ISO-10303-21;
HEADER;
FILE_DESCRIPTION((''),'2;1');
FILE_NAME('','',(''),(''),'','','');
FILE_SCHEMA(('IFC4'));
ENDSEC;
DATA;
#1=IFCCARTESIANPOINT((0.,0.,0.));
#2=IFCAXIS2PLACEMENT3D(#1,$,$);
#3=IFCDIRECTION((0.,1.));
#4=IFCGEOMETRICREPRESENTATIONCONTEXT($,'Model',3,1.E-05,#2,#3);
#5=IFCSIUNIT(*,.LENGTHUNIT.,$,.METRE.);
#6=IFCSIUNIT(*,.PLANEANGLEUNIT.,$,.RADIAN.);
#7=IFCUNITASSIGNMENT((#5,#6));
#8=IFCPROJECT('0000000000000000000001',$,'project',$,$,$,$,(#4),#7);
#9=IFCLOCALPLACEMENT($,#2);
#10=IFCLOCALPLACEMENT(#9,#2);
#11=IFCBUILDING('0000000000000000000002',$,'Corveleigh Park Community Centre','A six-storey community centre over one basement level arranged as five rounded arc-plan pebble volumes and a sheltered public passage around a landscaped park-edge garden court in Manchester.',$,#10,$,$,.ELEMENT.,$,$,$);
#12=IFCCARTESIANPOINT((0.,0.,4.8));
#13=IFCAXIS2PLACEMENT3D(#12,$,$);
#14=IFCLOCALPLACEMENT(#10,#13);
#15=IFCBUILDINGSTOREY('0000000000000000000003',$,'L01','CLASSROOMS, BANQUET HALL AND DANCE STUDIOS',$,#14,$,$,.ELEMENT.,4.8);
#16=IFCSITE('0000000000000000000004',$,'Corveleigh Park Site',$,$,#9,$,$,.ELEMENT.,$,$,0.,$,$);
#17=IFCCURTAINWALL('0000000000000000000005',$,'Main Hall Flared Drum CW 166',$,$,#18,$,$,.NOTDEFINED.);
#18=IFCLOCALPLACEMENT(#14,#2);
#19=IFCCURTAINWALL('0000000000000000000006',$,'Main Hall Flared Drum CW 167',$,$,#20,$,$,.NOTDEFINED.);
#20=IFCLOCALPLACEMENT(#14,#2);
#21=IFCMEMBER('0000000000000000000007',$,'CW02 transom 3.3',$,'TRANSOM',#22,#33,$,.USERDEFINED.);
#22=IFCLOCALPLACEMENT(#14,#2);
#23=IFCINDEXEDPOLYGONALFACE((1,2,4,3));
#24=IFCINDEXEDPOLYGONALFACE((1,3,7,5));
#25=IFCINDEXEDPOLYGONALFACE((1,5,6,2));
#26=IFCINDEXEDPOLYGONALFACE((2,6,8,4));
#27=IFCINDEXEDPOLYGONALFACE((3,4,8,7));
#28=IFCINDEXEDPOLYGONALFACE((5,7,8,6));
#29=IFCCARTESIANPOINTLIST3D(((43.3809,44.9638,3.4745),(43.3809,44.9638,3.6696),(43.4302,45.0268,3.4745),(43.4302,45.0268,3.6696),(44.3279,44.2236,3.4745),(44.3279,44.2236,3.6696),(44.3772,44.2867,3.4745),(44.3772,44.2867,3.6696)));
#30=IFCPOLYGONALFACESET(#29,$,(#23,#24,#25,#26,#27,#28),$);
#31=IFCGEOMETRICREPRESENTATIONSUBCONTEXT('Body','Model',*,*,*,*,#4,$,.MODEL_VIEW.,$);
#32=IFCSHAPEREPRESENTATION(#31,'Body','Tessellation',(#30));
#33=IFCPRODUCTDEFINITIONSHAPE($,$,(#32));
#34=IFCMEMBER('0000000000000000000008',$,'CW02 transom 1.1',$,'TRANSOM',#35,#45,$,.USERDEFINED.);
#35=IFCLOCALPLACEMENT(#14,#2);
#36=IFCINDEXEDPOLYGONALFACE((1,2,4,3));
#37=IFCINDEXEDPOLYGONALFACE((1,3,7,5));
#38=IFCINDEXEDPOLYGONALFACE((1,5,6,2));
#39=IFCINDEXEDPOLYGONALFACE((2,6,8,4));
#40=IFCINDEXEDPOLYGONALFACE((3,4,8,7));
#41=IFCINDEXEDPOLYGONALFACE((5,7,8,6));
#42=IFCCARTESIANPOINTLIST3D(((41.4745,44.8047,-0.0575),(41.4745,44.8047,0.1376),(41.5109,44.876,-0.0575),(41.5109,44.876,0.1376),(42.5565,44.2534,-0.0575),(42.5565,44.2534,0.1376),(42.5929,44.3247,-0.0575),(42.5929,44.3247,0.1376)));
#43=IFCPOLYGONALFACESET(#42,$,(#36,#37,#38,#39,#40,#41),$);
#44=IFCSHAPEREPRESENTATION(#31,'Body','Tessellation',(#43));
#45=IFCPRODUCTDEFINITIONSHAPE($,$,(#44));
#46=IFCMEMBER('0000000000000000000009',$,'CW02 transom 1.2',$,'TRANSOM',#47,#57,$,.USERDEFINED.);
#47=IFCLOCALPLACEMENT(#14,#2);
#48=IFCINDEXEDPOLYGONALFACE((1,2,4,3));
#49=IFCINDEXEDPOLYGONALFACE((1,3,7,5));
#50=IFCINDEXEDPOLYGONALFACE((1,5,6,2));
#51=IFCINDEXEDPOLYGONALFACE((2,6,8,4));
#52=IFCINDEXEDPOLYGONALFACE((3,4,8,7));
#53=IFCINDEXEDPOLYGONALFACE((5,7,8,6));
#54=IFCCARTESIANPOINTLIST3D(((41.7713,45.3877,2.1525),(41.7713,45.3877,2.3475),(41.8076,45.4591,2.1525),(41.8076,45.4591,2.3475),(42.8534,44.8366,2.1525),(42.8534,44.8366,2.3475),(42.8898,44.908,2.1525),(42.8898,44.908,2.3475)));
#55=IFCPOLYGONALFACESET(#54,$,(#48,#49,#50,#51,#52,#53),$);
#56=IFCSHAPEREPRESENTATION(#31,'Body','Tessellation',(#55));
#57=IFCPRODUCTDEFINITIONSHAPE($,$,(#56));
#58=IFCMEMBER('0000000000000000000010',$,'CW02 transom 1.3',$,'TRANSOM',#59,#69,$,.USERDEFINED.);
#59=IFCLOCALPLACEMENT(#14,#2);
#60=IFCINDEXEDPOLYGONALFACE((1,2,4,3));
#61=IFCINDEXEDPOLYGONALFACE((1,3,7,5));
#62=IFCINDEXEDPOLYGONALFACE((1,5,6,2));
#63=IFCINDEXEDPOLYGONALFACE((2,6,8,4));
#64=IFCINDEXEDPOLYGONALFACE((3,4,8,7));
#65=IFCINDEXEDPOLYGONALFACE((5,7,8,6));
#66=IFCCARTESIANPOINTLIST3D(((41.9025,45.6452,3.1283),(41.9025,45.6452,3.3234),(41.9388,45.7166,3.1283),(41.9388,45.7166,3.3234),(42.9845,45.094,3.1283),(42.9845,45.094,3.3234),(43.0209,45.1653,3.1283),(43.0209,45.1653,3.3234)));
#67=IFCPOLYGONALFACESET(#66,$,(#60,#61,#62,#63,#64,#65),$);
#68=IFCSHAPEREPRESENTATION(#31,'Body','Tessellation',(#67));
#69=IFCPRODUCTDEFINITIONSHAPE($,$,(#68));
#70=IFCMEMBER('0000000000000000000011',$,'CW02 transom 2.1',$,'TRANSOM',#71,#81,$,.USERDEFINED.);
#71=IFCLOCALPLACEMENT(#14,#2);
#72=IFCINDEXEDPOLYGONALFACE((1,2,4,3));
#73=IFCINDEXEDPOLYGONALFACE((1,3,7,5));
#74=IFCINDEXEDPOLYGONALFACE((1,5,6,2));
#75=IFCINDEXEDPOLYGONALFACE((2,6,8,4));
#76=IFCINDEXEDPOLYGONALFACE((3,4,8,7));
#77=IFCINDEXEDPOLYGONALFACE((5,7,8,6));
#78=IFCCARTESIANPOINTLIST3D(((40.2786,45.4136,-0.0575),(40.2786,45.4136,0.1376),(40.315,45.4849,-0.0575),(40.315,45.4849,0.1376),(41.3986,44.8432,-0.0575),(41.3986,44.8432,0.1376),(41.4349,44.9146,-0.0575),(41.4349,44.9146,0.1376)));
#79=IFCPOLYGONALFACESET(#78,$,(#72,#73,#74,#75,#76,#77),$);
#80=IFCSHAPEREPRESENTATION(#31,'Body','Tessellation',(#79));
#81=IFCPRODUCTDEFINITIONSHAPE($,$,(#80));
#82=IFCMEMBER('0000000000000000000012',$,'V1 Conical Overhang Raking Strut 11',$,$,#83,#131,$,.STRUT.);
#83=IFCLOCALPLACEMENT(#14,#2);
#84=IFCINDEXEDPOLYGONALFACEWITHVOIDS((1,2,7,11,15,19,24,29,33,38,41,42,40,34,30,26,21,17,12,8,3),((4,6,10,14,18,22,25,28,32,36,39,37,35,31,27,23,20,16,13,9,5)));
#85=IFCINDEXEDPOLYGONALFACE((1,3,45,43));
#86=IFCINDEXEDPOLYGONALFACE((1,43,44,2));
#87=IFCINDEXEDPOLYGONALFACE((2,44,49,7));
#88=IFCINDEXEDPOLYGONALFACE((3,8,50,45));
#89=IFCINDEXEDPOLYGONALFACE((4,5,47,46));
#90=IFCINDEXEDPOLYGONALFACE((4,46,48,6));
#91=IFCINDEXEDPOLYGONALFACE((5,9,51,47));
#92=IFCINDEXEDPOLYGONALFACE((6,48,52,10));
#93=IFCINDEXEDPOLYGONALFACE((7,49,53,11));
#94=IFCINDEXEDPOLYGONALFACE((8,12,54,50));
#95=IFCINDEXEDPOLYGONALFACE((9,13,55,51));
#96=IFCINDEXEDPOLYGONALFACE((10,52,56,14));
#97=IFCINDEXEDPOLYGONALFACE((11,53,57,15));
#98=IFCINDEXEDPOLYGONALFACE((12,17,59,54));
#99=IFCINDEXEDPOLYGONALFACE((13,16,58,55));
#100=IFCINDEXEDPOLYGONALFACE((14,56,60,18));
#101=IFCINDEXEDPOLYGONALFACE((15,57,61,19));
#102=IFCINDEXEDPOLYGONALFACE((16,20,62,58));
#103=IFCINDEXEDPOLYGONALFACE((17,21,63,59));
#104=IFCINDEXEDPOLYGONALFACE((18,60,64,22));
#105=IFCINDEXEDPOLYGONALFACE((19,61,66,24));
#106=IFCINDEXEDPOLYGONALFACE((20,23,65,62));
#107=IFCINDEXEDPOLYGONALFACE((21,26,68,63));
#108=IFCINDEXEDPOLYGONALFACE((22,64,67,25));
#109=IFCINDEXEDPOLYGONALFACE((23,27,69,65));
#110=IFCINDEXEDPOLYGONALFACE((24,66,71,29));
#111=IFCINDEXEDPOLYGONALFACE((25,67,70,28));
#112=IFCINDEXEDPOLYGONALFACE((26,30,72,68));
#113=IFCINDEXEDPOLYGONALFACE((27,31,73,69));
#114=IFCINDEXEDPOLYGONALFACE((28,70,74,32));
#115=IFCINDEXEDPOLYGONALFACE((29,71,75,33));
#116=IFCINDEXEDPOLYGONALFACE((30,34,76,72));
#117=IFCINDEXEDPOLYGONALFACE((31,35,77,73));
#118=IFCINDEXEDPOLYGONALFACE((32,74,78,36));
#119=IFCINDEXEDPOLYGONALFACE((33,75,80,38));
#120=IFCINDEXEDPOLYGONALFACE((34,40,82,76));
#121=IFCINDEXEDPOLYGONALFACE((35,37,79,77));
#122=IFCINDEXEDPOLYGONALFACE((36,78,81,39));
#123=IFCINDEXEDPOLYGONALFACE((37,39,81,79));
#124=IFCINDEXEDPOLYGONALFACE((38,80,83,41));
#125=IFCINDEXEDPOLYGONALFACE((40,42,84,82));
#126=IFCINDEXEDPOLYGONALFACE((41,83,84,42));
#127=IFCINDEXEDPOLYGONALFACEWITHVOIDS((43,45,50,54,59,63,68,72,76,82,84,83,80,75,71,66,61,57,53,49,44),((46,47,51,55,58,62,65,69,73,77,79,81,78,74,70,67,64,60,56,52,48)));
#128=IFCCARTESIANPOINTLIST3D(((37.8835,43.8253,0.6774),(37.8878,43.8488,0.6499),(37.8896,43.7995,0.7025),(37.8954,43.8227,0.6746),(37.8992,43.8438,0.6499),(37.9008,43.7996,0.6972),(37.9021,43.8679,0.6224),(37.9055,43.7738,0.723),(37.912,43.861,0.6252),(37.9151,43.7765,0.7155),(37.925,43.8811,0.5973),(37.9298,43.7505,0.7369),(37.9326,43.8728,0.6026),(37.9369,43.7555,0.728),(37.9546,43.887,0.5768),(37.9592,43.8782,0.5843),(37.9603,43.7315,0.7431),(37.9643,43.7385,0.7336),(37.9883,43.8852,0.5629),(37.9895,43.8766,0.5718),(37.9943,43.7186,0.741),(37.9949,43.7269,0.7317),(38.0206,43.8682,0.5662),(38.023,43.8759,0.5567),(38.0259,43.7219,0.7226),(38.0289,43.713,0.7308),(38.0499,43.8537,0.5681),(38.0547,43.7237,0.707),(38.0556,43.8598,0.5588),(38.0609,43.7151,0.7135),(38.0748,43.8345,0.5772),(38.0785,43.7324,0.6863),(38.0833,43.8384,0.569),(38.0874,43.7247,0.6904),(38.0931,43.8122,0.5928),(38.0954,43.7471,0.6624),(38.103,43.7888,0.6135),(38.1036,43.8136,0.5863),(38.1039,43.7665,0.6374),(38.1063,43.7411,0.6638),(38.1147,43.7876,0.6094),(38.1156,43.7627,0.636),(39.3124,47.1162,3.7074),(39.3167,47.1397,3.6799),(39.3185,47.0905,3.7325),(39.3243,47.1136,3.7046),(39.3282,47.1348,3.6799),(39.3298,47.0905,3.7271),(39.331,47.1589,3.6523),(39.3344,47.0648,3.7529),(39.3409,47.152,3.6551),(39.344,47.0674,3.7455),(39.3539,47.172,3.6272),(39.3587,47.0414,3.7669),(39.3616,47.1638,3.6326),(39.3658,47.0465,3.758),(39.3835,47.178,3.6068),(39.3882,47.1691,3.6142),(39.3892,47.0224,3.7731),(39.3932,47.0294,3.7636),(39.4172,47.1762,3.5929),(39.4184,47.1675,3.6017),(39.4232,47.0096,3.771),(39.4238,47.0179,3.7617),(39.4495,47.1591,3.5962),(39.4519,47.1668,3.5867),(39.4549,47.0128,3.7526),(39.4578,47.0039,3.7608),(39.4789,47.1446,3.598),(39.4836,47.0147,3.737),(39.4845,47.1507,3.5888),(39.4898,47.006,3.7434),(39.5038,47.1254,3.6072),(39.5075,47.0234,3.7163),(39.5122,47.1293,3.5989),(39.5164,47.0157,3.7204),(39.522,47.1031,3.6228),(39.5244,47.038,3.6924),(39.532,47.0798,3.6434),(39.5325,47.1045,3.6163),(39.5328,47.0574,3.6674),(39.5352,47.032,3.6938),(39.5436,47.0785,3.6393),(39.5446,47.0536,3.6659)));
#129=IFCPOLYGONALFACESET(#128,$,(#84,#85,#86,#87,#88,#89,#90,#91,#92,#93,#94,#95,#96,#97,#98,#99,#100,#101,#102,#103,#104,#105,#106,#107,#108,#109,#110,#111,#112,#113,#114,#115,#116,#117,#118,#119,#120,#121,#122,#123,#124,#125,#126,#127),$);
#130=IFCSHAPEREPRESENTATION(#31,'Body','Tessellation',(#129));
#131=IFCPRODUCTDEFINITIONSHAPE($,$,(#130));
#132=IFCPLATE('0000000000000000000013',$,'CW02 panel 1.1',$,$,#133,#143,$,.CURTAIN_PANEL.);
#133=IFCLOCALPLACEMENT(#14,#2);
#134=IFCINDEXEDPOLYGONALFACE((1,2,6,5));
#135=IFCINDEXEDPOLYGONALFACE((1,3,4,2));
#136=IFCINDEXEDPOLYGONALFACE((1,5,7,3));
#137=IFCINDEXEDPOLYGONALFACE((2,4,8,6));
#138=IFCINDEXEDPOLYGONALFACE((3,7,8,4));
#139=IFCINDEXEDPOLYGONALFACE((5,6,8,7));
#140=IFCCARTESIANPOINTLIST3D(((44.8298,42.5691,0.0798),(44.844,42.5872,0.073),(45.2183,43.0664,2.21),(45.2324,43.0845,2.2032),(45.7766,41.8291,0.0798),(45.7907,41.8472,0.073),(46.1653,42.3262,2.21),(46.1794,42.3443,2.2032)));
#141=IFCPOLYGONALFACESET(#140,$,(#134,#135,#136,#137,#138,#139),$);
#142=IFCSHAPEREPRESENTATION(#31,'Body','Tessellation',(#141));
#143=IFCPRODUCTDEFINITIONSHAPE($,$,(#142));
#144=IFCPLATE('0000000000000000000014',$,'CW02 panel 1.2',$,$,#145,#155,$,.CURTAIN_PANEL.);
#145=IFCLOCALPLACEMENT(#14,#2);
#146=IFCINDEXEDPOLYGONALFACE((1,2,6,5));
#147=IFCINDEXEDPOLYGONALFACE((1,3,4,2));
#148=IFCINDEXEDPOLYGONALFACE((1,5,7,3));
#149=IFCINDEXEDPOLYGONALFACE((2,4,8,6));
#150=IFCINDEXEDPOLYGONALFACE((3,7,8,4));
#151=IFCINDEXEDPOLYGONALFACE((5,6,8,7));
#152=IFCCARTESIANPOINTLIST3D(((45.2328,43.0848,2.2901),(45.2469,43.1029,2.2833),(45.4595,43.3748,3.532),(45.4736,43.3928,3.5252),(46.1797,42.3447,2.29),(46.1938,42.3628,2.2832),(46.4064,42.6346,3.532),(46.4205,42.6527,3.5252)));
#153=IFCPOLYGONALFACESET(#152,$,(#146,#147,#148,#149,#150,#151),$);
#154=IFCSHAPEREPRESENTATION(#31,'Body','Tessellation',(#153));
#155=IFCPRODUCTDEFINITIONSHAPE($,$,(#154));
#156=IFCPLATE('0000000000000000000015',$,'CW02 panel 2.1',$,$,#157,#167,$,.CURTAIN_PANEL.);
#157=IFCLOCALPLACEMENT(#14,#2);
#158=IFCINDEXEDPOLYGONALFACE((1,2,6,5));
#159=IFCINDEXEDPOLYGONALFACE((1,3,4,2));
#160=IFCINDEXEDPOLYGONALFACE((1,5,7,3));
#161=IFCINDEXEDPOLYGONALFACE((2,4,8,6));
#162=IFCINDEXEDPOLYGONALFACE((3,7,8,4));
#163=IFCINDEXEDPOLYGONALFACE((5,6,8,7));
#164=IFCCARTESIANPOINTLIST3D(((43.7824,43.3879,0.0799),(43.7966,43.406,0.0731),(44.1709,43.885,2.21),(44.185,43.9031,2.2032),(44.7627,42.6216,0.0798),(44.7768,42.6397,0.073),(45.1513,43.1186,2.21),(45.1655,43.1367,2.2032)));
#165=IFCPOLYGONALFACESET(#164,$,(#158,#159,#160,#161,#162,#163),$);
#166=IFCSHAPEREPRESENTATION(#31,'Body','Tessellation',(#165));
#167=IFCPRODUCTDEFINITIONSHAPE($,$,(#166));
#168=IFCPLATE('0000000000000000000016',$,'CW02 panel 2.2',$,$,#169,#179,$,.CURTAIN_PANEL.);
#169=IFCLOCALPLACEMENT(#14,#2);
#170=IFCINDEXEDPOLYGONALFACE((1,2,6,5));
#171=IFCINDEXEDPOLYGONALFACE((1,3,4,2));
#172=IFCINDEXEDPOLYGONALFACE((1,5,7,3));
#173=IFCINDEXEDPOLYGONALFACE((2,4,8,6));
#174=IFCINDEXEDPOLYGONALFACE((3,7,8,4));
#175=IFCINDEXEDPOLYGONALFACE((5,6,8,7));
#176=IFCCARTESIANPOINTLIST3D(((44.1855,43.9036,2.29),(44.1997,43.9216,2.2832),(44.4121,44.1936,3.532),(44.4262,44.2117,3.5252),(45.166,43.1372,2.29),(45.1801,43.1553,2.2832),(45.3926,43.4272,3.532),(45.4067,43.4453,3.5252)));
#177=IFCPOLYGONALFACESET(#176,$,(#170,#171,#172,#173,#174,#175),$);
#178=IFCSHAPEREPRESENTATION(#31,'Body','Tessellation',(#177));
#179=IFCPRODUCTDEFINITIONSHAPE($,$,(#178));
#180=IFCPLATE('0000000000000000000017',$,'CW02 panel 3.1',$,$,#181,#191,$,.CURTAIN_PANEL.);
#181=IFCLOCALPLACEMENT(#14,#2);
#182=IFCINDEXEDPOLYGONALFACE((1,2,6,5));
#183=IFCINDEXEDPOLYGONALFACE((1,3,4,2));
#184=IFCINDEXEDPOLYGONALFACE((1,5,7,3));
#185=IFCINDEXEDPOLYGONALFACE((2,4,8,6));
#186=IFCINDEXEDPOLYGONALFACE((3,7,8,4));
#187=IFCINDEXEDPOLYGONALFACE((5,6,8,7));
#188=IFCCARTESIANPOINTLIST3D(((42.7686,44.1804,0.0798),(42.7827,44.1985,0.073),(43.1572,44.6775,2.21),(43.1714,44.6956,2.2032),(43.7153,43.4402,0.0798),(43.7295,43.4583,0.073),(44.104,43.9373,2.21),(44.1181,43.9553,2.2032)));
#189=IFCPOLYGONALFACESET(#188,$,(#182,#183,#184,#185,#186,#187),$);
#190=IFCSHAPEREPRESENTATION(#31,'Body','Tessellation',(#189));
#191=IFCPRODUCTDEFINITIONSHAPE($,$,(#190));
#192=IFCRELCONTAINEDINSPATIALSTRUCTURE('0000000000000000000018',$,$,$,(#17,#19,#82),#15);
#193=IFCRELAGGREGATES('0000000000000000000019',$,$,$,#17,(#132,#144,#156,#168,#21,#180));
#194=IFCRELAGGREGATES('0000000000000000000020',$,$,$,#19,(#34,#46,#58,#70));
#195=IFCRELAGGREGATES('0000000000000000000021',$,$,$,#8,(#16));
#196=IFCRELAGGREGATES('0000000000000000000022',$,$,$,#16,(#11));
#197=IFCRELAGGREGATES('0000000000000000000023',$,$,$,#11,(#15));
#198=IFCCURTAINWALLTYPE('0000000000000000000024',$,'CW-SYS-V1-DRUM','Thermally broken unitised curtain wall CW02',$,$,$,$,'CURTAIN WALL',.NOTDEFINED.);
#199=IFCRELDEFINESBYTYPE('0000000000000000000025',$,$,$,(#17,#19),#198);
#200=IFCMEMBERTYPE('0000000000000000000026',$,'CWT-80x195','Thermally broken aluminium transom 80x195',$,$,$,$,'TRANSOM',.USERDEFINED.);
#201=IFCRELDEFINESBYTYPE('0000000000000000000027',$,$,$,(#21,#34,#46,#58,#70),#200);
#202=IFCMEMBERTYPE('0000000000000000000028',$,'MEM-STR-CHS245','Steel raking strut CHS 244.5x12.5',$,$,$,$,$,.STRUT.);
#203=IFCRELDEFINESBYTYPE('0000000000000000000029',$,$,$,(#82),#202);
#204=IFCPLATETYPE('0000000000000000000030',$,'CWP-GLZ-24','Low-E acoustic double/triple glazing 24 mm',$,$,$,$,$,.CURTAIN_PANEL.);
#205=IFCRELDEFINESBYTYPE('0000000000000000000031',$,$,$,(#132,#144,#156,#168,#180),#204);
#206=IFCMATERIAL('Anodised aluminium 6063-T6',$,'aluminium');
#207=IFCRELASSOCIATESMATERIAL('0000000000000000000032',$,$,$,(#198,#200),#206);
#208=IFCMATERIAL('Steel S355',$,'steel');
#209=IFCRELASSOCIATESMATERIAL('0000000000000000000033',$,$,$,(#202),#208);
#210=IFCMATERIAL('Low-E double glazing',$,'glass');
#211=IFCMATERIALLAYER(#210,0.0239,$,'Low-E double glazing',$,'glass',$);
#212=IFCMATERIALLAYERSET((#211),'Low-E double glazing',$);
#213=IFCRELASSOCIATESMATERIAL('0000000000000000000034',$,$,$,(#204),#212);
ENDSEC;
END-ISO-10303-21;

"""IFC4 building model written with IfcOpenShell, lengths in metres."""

from ifc_helpers import new_model, si_unit, direction, frame, origin, origin_2d, place, context, subcontext, project, spatial, polyline, rectangle, hollow_circle, outline, extrude, material, layer, layer_set, material_profile, profile_set, type_object, element, aggregate, save


model = new_model("IFC4")

# Units and contexts
model_context = context("Model", 3, precision=1e-05, world=origin(), true_north=direction((0.0, 1.0)))
body_context = subcontext(model_context, "Body", "Model", "MODEL_VIEW")
ifc_project = project(units=[si_unit("LENGTHUNIT", "METRE"), si_unit("PLANEANGLEUNIT", "RADIAN")], contexts=[model_context])

# Site, building, storey
site_placement = place(None, origin())
site = spatial("IfcSite", under=ifc_project, at=site_placement, Name="Corveleigh Park Site", CompositionType="ELEMENT", RefElevation=0.0)
building_placement = place(site_placement, origin())
building = spatial("IfcBuilding", under=site, at=building_placement, Name="Corveleigh Park Community Centre", Description="A six-storey community centre over one basement level arranged as five rounded arc-plan pebble volumes and a sheltered public passage around a landscaped park-edge garden court in Manchester.", CompositionType="ELEMENT")
storey_placement = place(building_placement, frame((0.0, 0.0, 4.8)))
storey = spatial("IfcBuildingStorey", under=building, at=storey_placement, Name="L01", Description="CLASSROOMS, BANQUET HALL AND DANCE STUDIOS", CompositionType="ELEMENT", Elevation=4.8)

# Shared definitions
ifc_material_1 = material(Name="Steel S355", Category="steel")

# Curtain walls
ifc_material_2 = material(Name="Anodised aluminium 6063-T6", Category="aluminium")
curtain_wall_type = type_object("IfcCurtainWallType", Name="CW-SYS-V1-DRUM", Description="Thermally broken unitised curtain wall CW02", ElementType="CURTAIN WALL", PredefinedType="NOTDEFINED", material=ifc_material_2)
curtain_wall_1_placement = place(storey_placement, origin())
curtain_wall_1 = element("IfcCurtainWall", 1, at=curtain_wall_1_placement, inside=storey, type_object=curtain_wall_type, Name="Main Hall Flared Drum CW 166", PredefinedType="NOTDEFINED")
curtain_wall_2_placement = place(storey_placement, origin())
curtain_wall_2 = element("IfcCurtainWall", 2, at=curtain_wall_2_placement, inside=storey, type_object=curtain_wall_type, Name="Main Hall Flared Drum CW 167", PredefinedType="NOTDEFINED")

# Members
ifc_material_profile_1 = material_profile(ifc_material_2, rectangle(XDim=0.0801, YDim=0.1951, at=origin_2d()), Name="ALU-T80x195", Category="aluminium")
ifc_profile_set_1 = profile_set([ifc_material_profile_1], Name="Anodised aluminium 6063-T6")
member_type_1 = type_object("IfcMemberType", Name="CWT-80x195", Description="Thermally broken aluminium transom 80x195", ElementType="TRANSOM", PredefinedType="USERDEFINED", material=ifc_profile_set_1)
member_1_placement = place(storey_placement, frame((44.3525, 44.2551, 3.572), z_axis=(-0.787873, 0.615837, 0.0), x_axis=(-0.615837, -0.787873, 0.0)))
member_1 = element("IfcMember", 3, at=member_1_placement, type_object=member_type_1, Name="CW02 transom 3.3", ObjectType="TRANSOM", PredefinedType="USERDEFINED", context=body_context, shape_type="SweptSolid", body=[
    extrude(rectangle(XDim=0.0801, YDim=0.1951, at=origin_2d()), origin(), (0.0, 0.0, 1.0), 1.2019),
])
member_2_placement = place(storey_placement, frame((42.5747, 44.2891, 0.04), z_axis=(-0.891024, 0.453956, 0.0), x_axis=(-0.453956, -0.891024, 0.0)))
member_2 = element("IfcMember", 4, at=member_2_placement, type_object=member_type_1, Name="CW02 transom 1.1", ObjectType="TRANSOM", PredefinedType="USERDEFINED", context=body_context, shape_type="SweptSolid", body=[
    extrude(rectangle(XDim=0.0801, YDim=0.1951, at=origin_2d()), origin(), (0.0, 0.0, 1.0), 1.2144),
])
member_3_placement = place(storey_placement, frame((42.8716, 44.8723, 2.25), z_axis=(-0.891105, 0.453796, 0.0), x_axis=(-0.453796, -0.891105, 0.0)))
member_3 = element("IfcMember", 5, at=member_3_placement, type_object=member_type_1, Name="CW02 transom 1.2", ObjectType="TRANSOM", PredefinedType="USERDEFINED", context=body_context, shape_type="SweptSolid", body=[
    extrude(rectangle(XDim=0.0801, YDim=0.1951, at=origin_2d()), origin(), (0.0, 0.0, 1.0), 1.2144),
])
member_4_placement = place(storey_placement, frame((43.0027, 45.1296, 3.2258), z_axis=(-0.891024, 0.453956, 0.0), x_axis=(-0.453956, -0.891024, 0.0)))
member_4 = element("IfcMember", 6, at=member_4_placement, type_object=member_type_1, Name="CW02 transom 1.3", ObjectType="TRANSOM", PredefinedType="USERDEFINED", context=body_context, shape_type="SweptSolid", body=[
    extrude(rectangle(XDim=0.0801, YDim=0.1951, at=origin_2d()), origin(), (0.0, 0.0, 1.0), 1.2144),
])
member_5_placement = place(storey_placement, frame((41.4167, 44.8789, 0.04), z_axis=(-0.8911, 0.453806, 0.0), x_axis=(-0.453806, -0.8911, 0.0)))
member_5 = element("IfcMember", 7, at=member_5_placement, type_object=member_type_1, Name="CW02 transom 2.1", ObjectType="TRANSOM", PredefinedType="USERDEFINED", context=body_context, shape_type="SweptSolid", body=[
    extrude(rectangle(XDim=0.0801, YDim=0.1951, at=origin_2d()), origin(), (0.0, 0.0, 1.0), 1.2568),
])
ifc_material_profile_2 = material_profile(ifc_material_1, hollow_circle(Radius=0.1223, WallThickness=0.0125, at=origin_2d()), Name="CHS 244.5x12.5", Category="steel")
ifc_profile_set_2 = profile_set([ifc_material_profile_2], Name="Steel S355")
member_type_2 = type_object("IfcMemberType", Name="MEM-STR-CHS245", Description="Steel raking strut CHS 244.5x12.5", PredefinedType="STRUT", material=ifc_profile_set_2)
member_6_placement = place(storey_placement, frame((38.0, 43.8, 0.6499), z_axis=(0.304283, 0.700791, 0.645216), x_axis=(-0.917266, 0.398276, 0.0)))
element("IfcMember", 8, at=member_6_placement, inside=storey, type_object=member_type_2, Name="V1 Conical Overhang Raking Strut 11", PredefinedType="STRUT", context=body_context, shape_type="SweptSolid", body=[
    extrude(hollow_circle(Radius=0.1223, WallThickness=0.0125, at=origin_2d()), origin(), (0.0, 0.0, 1.0), 4.696),
])

# Plates
ifc_material_3 = material(Name="Low-E double glazing", Category="glass")
ifc_layer_1 = layer(ifc_material_3, 0.0239, Name="Low-E double glazing", Category="glass")
ifc_layer_set_1 = layer_set([ifc_layer_1], Name="Low-E double glazing")
plate_type_1 = type_object("IfcPlateType", Name="CWP-GLZ-24", Description="Low-E acoustic double/triple glazing 24 mm", PredefinedType="CURTAIN_PANEL", material=ifc_layer_set_1)
plate_1_placement = place(storey_placement, frame((45.7766, 41.8291, 0.0798), z_axis=(-0.590461, -0.755435, 0.28403), x_axis=(-0.787885, 0.615822, -0.000005)))
plate_1 = element("IfcPlate", 9, at=plate_1_placement, type_object=plate_type_1, Name="CW02 panel 1.1", PredefinedType="CURTAIN_PANEL", context=body_context, shape_type="SweptSolid", body=[
    extrude(outline(polyline([(0.0, 0.0), (1.2017, 0.0), (1.2019, -2.2216), (-0.0001, -2.2216), (0.0, 0.0)])), origin(), (0.0, 0.0, -1.0), 0.0239),
])
plate_2_placement = place(storey_placement, frame((46.1797, 42.3447, 2.29), z_axis=(-0.590446, -0.755416, 0.284114), x_axis=(-0.787877, 0.615832, 0.000039)))
plate_2 = element("IfcPlate", 10, at=plate_2_placement, type_object=plate_type_1, Name="CW02 panel 1.2", PredefinedType="CURTAIN_PANEL", context=body_context, shape_type="SweptSolid", body=[
    extrude(outline(polyline([(0.0, 0.0), (1.2018, 0.0), (1.2018, -1.2953), (0.0, -1.2954), (0.0, 0.0)])), origin(), (0.0, 0.0, -1.0), 0.0239),
])
plate_3_placement = place(storey_placement, frame((44.7627, 42.6216, 0.0798), z_axis=(-0.590517, -0.755407, 0.28399), x_axis=(-0.787841, 0.615878, 0.000016)))
plate_3 = element("IfcPlate", 11, at=plate_3_placement, type_object=plate_type_1, Name="CW02 panel 2.1", PredefinedType="CURTAIN_PANEL", context=body_context, shape_type="SweptSolid", body=[
    extrude(outline(polyline([(0.0, 0.0), (1.2442, 0.0), (1.2444, -2.2216), (0.0, -2.2216), (0.0, 0.0)])), origin(), (0.0, 0.0, -1.0), 0.0239),
])
plate_4_placement = place(storey_placement, frame((45.166, 43.1372, 2.29), z_axis=(-0.590446, -0.75541, 0.284128), x_axis=(-0.787882, 0.615827, 0.0)))
plate_4 = element("IfcPlate", 12, at=plate_4_placement, type_object=plate_type_1, Name="CW02 panel 2.2", PredefinedType="CURTAIN_PANEL", context=body_context, shape_type="SweptSolid", body=[
    extrude(outline(polyline([(0.0, 0.0), (1.2444, 0.0), (1.2445, -1.2953), (0.0001, -1.2953), (0.0, 0.0)])), origin(), (0.0, 0.0, -1.0), 0.0239),
])
plate_5_placement = place(storey_placement, frame((43.7153, 43.4402, 0.0798), z_axis=(-0.59057, -0.755353, 0.284021), x_axis=(-0.787796, 0.615936, 0.0)))
plate_5 = element("IfcPlate", 13, at=plate_5_placement, type_object=plate_type_1, Name="CW02 panel 3.1", PredefinedType="CURTAIN_PANEL", context=body_context, shape_type="SweptSolid", body=[
    extrude(outline(polyline([(0.0, 0.0), (1.2018, 0.0), (1.2018, -2.2216), (0.0, -2.2216), (0.0, 0.0)])), origin(), (0.0, 0.0, -1.0), 0.0239),
])
aggregate(curtain_wall_1, [plate_1, plate_2, plate_3, plate_4, member_1, plate_5])
aggregate(curtain_wall_2, [member_2, member_3, member_4, member_5])

save(model, "model.ifc")
